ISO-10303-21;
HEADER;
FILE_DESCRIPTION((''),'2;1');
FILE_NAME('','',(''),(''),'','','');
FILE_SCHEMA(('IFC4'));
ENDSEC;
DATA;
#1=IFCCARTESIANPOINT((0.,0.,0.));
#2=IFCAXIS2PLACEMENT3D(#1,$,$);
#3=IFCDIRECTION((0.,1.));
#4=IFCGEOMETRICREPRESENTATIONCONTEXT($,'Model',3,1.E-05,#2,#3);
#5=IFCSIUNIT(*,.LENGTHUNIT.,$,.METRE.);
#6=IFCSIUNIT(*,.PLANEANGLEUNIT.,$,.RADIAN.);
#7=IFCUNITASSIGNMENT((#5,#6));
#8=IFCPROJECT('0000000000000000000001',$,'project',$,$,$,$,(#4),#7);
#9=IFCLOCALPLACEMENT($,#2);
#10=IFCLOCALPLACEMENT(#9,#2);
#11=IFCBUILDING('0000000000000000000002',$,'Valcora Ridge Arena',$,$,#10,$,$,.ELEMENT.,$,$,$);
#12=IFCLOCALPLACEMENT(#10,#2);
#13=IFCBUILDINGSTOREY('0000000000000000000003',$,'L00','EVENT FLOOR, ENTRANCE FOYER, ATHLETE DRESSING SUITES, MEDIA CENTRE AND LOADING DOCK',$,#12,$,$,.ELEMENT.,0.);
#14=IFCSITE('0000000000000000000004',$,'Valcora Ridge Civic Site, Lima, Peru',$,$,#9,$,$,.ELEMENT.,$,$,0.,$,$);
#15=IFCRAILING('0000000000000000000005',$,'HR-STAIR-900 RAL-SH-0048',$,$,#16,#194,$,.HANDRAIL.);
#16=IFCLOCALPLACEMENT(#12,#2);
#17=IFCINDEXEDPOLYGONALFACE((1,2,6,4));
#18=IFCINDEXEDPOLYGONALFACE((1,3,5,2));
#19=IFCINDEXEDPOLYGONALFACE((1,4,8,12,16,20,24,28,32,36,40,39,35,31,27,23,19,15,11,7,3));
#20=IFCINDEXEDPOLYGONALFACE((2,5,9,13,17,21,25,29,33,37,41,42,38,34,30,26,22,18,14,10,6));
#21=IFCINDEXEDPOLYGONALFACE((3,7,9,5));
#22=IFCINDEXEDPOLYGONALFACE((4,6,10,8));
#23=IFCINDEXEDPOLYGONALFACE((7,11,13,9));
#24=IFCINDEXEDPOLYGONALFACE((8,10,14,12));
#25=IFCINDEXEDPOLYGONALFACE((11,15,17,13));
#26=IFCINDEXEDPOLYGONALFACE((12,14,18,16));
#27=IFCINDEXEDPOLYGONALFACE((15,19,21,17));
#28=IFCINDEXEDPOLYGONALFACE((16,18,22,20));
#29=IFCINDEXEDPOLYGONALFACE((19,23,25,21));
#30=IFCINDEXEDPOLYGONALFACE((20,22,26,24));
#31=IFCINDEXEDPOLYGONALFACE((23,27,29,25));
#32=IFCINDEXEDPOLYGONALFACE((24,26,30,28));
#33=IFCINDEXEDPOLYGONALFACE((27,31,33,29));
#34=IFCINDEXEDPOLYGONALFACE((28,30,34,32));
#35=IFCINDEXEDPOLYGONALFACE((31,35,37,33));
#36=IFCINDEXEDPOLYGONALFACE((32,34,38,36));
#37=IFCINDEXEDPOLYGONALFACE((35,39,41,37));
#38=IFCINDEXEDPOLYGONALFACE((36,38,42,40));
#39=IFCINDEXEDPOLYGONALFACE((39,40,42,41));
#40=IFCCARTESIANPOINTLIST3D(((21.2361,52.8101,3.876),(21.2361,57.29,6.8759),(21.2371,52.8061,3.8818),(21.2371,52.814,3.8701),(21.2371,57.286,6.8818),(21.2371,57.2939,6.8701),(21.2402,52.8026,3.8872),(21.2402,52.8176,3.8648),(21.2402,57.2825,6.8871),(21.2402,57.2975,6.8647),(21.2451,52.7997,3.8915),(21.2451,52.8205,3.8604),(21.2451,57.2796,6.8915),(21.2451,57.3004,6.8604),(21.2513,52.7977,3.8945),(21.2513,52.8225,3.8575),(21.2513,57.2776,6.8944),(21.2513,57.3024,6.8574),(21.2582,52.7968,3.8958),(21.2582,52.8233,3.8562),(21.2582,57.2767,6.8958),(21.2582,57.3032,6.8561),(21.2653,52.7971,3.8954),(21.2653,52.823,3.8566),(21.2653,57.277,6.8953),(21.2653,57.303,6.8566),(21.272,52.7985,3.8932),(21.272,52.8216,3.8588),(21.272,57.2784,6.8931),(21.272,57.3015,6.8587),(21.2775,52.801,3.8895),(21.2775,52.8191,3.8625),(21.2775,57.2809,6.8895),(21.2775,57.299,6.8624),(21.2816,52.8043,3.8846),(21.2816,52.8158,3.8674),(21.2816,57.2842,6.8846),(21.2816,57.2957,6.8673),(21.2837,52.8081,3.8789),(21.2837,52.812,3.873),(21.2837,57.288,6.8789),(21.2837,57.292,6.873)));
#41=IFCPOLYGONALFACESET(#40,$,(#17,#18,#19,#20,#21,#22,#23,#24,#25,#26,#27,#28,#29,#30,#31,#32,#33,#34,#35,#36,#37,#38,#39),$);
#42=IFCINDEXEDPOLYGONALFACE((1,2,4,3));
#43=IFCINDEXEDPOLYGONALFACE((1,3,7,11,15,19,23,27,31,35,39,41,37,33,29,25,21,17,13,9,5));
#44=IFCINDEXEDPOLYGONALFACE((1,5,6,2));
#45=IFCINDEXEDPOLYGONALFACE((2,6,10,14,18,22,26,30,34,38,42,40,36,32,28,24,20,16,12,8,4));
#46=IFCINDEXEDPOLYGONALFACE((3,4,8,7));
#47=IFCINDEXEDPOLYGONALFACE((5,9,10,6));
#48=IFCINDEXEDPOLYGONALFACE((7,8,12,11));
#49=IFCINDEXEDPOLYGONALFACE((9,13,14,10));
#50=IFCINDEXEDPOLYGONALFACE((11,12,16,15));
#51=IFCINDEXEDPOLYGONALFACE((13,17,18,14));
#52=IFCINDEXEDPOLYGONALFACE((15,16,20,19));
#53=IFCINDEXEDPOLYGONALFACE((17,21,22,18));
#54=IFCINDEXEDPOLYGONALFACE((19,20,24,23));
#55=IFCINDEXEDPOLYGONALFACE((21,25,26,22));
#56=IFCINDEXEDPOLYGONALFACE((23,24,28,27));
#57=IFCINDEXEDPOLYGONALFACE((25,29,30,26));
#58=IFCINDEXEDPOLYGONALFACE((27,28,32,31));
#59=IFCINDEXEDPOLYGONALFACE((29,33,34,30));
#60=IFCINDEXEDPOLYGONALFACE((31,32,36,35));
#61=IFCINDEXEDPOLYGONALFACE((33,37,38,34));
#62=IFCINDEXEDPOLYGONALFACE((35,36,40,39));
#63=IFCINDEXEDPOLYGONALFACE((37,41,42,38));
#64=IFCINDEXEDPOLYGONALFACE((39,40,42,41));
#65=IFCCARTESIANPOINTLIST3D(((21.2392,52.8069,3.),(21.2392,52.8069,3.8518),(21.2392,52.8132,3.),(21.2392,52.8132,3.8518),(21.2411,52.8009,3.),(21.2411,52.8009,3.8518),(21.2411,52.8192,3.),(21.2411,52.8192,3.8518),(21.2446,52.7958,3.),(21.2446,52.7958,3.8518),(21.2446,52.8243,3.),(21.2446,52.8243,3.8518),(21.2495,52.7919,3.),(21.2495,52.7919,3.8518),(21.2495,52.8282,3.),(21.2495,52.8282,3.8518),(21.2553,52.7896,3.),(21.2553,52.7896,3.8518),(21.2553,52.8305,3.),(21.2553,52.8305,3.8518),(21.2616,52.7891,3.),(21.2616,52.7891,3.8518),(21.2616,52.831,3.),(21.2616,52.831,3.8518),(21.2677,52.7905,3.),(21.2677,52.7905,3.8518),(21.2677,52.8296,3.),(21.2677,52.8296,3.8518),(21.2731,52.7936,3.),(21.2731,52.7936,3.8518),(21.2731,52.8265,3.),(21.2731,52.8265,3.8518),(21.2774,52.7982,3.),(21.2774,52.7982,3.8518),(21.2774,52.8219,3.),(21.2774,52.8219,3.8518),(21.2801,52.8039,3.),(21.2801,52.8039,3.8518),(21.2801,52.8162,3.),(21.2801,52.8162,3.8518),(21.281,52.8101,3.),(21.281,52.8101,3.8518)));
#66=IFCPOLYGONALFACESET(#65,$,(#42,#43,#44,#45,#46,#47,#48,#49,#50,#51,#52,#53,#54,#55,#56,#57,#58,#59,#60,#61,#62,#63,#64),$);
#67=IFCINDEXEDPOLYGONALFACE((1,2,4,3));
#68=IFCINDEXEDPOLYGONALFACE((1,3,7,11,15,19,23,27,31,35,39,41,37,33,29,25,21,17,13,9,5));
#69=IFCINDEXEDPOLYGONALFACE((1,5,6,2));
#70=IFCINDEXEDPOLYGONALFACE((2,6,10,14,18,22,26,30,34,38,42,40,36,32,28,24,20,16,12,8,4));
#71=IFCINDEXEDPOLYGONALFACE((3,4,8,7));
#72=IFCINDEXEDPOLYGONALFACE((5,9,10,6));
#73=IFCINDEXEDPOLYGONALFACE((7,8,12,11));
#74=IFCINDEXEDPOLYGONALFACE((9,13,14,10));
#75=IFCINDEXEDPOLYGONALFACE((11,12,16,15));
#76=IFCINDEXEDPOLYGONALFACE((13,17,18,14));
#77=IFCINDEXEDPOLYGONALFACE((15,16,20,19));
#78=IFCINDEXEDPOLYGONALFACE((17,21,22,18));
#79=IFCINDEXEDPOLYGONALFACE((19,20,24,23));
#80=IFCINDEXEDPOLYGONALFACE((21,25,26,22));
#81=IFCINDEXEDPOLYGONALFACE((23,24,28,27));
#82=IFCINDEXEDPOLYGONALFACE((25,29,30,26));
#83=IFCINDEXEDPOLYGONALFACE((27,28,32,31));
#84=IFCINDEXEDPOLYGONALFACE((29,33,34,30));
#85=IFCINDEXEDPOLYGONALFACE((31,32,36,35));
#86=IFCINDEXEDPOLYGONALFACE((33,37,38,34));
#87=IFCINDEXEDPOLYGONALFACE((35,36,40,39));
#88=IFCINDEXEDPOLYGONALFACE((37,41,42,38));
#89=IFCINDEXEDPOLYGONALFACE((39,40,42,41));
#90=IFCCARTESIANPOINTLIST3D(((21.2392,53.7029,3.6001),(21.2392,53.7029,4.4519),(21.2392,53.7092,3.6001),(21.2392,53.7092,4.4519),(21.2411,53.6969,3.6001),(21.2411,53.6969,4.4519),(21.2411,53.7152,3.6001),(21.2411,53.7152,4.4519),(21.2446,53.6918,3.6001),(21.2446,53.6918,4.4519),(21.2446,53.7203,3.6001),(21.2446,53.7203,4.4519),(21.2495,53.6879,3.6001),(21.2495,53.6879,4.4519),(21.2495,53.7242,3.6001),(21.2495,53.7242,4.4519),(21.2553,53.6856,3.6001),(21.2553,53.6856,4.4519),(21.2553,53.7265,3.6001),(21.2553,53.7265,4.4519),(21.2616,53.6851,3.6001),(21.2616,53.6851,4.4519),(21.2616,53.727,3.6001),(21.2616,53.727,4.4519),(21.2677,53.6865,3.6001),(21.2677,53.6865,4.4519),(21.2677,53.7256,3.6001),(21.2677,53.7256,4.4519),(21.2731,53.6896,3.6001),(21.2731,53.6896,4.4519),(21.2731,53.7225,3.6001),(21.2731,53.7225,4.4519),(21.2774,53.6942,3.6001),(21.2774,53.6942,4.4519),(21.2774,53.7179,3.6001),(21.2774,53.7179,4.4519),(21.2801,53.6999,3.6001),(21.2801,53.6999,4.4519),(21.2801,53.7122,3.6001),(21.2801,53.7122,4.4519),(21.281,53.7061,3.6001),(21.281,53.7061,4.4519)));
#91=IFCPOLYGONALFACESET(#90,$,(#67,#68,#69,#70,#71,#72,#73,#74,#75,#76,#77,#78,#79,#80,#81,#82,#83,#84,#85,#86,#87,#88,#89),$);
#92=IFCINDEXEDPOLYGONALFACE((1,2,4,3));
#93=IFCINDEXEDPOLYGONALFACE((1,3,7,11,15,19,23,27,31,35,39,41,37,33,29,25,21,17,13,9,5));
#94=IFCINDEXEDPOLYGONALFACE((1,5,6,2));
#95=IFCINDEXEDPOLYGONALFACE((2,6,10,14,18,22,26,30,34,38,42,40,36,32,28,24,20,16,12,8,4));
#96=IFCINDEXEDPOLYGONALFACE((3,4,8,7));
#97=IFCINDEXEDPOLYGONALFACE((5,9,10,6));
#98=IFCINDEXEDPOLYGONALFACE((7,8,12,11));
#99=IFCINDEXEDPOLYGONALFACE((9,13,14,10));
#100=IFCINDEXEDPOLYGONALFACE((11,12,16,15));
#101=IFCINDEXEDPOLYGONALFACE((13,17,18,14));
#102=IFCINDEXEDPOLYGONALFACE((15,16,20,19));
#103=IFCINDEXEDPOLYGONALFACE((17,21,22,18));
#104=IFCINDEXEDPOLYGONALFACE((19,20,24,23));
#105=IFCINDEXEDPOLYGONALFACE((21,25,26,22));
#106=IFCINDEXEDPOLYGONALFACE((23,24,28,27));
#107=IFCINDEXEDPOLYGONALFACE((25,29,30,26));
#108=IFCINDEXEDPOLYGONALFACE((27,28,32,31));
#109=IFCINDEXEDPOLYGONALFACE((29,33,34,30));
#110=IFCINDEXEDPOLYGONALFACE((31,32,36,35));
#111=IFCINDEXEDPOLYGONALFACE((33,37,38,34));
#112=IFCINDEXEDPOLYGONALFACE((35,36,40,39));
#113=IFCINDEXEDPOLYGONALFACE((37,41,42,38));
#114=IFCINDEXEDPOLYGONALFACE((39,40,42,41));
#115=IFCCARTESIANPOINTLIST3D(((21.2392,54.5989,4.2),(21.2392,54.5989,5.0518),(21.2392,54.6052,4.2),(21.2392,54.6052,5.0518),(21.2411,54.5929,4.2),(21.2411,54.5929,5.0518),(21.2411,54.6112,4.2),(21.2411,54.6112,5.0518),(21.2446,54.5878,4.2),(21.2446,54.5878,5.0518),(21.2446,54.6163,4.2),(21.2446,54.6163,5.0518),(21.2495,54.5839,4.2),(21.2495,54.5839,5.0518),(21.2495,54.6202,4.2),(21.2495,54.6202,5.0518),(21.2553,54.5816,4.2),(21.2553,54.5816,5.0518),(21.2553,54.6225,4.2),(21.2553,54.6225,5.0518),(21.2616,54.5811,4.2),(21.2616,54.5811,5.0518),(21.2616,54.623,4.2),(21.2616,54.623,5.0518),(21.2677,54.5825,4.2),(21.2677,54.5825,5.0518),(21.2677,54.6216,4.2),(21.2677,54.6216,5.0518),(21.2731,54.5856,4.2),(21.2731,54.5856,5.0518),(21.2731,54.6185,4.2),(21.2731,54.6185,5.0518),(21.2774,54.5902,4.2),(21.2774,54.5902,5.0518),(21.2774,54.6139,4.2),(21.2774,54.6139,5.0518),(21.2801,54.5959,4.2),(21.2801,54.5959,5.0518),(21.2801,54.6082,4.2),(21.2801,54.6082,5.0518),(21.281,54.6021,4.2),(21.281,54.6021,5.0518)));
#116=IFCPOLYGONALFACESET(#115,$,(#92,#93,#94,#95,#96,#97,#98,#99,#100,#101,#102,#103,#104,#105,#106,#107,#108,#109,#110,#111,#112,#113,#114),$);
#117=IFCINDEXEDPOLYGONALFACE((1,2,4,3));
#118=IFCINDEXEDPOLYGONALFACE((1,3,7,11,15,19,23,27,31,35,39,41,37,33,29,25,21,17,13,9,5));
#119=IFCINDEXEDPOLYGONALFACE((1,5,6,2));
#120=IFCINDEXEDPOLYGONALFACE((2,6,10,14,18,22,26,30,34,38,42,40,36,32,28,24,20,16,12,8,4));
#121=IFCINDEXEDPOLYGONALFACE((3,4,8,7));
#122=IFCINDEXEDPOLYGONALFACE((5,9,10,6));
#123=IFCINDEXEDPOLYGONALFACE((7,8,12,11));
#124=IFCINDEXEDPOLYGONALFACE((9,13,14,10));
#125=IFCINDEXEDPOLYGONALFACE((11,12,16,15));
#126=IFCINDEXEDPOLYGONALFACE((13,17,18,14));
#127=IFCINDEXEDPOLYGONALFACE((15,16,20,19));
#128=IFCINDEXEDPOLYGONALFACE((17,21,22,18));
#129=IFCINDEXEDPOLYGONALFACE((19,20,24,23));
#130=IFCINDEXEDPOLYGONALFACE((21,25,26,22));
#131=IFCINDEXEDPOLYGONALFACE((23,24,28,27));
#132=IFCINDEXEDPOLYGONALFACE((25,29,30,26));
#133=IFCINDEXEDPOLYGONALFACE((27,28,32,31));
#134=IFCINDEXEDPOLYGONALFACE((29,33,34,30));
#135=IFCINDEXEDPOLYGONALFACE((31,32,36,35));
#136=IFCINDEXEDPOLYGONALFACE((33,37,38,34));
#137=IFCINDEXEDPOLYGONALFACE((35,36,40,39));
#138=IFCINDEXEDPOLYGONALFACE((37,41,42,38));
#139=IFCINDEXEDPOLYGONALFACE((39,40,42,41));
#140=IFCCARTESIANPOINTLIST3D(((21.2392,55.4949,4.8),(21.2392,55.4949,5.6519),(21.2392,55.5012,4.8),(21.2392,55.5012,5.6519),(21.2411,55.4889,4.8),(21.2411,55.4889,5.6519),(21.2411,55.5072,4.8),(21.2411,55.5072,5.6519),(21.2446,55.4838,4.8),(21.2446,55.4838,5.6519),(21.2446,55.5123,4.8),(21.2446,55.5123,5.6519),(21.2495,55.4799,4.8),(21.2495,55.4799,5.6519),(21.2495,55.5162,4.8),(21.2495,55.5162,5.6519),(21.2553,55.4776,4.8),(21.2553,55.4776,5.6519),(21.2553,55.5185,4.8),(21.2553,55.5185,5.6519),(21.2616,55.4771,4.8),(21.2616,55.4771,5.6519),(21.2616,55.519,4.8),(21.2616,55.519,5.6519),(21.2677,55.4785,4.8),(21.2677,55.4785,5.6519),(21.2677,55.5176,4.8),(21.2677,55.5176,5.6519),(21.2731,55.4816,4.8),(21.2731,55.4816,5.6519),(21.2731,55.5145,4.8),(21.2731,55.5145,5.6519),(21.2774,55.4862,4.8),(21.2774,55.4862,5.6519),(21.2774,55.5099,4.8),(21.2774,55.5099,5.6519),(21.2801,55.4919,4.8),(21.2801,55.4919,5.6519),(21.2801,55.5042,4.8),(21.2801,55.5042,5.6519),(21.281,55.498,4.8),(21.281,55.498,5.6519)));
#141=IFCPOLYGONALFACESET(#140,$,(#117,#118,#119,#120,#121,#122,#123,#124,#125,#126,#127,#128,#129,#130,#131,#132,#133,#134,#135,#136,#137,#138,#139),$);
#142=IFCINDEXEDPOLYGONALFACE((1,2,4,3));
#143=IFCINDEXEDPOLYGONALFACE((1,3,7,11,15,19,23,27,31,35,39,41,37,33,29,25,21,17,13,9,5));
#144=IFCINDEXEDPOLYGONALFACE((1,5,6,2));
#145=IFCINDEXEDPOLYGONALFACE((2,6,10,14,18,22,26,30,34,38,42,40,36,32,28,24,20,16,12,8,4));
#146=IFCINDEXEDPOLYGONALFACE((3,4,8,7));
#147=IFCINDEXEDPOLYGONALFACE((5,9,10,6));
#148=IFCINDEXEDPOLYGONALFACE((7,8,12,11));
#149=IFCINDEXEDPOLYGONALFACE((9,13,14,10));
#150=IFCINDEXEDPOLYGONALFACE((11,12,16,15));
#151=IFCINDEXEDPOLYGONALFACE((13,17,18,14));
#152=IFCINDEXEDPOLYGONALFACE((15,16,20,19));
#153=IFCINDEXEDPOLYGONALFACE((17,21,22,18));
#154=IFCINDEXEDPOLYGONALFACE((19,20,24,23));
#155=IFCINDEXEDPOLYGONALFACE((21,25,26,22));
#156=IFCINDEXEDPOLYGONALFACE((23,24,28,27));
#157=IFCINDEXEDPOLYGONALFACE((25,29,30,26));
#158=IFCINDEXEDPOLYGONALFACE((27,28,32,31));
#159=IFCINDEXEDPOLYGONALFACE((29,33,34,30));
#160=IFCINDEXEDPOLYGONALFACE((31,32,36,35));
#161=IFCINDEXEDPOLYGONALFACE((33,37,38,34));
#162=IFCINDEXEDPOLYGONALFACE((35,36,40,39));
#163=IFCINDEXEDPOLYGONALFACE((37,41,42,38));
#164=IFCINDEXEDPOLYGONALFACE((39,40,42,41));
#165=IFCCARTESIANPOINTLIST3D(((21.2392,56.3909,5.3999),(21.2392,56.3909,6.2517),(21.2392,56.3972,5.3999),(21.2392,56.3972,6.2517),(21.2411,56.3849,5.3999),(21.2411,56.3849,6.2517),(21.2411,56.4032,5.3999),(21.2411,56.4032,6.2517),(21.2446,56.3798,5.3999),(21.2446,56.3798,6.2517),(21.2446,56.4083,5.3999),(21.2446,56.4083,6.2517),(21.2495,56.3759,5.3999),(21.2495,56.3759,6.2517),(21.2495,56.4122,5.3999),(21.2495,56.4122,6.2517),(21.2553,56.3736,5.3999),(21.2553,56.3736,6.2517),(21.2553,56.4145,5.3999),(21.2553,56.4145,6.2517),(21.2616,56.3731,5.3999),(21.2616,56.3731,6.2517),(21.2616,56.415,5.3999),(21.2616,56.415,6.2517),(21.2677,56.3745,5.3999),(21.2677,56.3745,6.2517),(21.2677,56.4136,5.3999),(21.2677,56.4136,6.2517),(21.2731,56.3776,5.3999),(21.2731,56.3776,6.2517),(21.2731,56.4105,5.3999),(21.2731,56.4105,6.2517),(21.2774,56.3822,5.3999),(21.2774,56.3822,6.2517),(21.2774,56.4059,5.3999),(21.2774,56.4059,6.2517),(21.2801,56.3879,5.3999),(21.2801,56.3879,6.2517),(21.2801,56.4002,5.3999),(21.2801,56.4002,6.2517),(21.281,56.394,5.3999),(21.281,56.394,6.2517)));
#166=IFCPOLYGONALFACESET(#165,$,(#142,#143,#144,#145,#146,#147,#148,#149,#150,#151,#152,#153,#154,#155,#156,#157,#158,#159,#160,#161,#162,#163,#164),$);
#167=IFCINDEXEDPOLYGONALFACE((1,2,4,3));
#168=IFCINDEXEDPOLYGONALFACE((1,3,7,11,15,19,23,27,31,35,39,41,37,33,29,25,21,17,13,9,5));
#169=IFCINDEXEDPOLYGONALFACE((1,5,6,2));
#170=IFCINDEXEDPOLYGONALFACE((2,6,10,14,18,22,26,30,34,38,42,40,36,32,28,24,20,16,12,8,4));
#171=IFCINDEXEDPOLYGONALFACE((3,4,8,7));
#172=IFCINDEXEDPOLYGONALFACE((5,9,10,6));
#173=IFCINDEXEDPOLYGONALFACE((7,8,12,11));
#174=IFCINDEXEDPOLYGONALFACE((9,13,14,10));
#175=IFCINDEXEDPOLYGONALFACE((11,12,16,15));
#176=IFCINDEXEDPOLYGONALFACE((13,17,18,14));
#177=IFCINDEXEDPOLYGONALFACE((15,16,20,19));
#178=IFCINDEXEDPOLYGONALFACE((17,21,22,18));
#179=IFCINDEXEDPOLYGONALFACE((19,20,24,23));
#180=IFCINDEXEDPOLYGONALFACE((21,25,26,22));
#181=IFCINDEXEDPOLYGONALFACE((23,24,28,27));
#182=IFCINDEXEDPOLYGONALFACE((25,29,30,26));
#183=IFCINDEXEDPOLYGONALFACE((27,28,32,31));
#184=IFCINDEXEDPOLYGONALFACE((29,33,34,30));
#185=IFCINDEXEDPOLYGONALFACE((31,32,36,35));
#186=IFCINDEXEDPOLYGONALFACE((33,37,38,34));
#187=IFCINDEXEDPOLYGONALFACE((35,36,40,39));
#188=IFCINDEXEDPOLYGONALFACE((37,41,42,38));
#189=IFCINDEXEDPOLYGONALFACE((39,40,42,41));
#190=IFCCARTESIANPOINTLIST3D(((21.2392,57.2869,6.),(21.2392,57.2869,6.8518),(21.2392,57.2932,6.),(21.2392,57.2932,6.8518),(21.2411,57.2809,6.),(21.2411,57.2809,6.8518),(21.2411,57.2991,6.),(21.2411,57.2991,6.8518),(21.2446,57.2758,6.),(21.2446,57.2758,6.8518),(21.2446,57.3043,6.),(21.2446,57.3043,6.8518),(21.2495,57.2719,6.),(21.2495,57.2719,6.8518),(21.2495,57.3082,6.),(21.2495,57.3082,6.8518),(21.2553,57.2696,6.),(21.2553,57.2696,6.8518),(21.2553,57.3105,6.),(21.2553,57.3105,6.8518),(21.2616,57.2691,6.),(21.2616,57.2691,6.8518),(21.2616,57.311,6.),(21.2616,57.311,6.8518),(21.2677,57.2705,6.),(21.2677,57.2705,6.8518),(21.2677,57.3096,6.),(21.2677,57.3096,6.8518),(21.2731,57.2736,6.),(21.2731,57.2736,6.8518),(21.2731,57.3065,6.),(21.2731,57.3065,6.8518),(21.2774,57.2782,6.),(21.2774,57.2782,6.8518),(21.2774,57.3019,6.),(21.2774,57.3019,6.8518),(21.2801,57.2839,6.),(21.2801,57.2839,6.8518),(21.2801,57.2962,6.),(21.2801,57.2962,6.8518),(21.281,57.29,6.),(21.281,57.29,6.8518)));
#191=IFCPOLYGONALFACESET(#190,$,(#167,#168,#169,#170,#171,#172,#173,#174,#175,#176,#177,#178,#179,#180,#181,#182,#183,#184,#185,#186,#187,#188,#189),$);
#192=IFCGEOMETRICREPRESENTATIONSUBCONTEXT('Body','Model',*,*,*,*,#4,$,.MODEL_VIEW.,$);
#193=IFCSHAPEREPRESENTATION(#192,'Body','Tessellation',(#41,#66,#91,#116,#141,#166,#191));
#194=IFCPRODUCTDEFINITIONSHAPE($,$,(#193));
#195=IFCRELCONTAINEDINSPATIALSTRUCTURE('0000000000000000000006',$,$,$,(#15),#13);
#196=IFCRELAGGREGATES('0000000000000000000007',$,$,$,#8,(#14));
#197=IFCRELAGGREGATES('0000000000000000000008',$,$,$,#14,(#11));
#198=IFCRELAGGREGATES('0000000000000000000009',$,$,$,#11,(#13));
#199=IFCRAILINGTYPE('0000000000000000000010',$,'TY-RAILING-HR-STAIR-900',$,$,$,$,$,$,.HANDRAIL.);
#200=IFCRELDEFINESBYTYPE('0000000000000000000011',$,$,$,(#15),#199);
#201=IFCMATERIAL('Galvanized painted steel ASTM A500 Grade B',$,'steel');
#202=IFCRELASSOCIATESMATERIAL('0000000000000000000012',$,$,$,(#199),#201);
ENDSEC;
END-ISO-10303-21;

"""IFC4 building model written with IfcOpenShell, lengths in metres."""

from ifc_helpers import new_model, si_unit, direction, frame, origin, origin_2d, place, context, subcontext, project, spatial, circle, extrude, material, type_object, element, save


model = new_model("IFC4")

# Units and contexts
model_context = context("Model", 3, precision=1e-05, world=origin(), true_north=direction((0.0, 1.0)))
body_context = subcontext(model_context, "Body", "Model", "MODEL_VIEW")
ifc_project = project(units=[si_unit("LENGTHUNIT", "METRE"), si_unit("PLANEANGLEUNIT", "RADIAN")], contexts=[model_context])

# Site, building, storey
site_placement = place(None, origin())
site = spatial("IfcSite", under=ifc_project, at=site_placement, Name="Valcora Ridge Civic Site, Lima, Peru", CompositionType="ELEMENT", RefElevation=0.0)
building_placement = place(site_placement, origin())
building = spatial("IfcBuilding", under=site, at=building_placement, Name="Valcora Ridge Arena", CompositionType="ELEMENT")
storey_placement = place(building_placement, origin())
storey = spatial("IfcBuildingStorey", under=building, at=storey_placement, Name="L00", Description="EVENT FLOOR, ENTRANCE FOYER, ATHLETE DRESSING SUITES, MEDIA CENTRE AND LOADING DOCK", CompositionType="ELEMENT", Elevation=0.0)

# Railing
ifc_material_1 = material(Name="Galvanized painted steel ASTM A500 Grade B", Category="steel")
railing_type_1 = type_object("IfcRailingType", Name="TY-RAILING-HR-STAIR-900", PredefinedType="HANDRAIL", material=ifc_material_1)
railing_1_placement = place(storey_placement, frame((21.26, 52.8101, 3.0)))
element("IfcRailing", 1, at=railing_1_placement, inside=storey, type_object=railing_type_1, Name="HR-STAIR-900 RAL-SH-0048", PredefinedType="HANDRAIL", context=body_context, shape_type="SweptSolid", body=[
    extrude(circle(Radius=0.0239, at=origin_2d()), frame((0.0, 0.0, 0.876), z_axis=(0.0, 0.830906, 0.556413), x_axis=(-1.0, 0.0, 0.0)), (0.0, 0.0, 1.0), 5.3916),
    extrude(circle(Radius=0.021, at=origin_2d()), origin(), (0.0, 0.0, 1.0), 0.8518),
    extrude(circle(Radius=0.021, at=origin_2d()), frame((0.0, 0.896, 0.6001)), (0.0, 0.0, 1.0), 0.8518),
    extrude(circle(Radius=0.021, at=origin_2d()), frame((0.0, 1.792, 1.2)), (0.0, 0.0, 1.0), 0.8518),
    extrude(circle(Radius=0.021, at=origin_2d()), frame((0.0, 2.688, 1.8)), (0.0, 0.0, 1.0), 0.8518),
    extrude(circle(Radius=0.021, at=origin_2d()), frame((0.0, 3.584, 2.3999)), (0.0, 0.0, 1.0), 0.8518),
    extrude(circle(Radius=0.021, at=origin_2d()), frame((0.0, 4.48, 3.0)), (0.0, 0.0, 1.0), 0.8518),
])

save(model, "model.ifc")
